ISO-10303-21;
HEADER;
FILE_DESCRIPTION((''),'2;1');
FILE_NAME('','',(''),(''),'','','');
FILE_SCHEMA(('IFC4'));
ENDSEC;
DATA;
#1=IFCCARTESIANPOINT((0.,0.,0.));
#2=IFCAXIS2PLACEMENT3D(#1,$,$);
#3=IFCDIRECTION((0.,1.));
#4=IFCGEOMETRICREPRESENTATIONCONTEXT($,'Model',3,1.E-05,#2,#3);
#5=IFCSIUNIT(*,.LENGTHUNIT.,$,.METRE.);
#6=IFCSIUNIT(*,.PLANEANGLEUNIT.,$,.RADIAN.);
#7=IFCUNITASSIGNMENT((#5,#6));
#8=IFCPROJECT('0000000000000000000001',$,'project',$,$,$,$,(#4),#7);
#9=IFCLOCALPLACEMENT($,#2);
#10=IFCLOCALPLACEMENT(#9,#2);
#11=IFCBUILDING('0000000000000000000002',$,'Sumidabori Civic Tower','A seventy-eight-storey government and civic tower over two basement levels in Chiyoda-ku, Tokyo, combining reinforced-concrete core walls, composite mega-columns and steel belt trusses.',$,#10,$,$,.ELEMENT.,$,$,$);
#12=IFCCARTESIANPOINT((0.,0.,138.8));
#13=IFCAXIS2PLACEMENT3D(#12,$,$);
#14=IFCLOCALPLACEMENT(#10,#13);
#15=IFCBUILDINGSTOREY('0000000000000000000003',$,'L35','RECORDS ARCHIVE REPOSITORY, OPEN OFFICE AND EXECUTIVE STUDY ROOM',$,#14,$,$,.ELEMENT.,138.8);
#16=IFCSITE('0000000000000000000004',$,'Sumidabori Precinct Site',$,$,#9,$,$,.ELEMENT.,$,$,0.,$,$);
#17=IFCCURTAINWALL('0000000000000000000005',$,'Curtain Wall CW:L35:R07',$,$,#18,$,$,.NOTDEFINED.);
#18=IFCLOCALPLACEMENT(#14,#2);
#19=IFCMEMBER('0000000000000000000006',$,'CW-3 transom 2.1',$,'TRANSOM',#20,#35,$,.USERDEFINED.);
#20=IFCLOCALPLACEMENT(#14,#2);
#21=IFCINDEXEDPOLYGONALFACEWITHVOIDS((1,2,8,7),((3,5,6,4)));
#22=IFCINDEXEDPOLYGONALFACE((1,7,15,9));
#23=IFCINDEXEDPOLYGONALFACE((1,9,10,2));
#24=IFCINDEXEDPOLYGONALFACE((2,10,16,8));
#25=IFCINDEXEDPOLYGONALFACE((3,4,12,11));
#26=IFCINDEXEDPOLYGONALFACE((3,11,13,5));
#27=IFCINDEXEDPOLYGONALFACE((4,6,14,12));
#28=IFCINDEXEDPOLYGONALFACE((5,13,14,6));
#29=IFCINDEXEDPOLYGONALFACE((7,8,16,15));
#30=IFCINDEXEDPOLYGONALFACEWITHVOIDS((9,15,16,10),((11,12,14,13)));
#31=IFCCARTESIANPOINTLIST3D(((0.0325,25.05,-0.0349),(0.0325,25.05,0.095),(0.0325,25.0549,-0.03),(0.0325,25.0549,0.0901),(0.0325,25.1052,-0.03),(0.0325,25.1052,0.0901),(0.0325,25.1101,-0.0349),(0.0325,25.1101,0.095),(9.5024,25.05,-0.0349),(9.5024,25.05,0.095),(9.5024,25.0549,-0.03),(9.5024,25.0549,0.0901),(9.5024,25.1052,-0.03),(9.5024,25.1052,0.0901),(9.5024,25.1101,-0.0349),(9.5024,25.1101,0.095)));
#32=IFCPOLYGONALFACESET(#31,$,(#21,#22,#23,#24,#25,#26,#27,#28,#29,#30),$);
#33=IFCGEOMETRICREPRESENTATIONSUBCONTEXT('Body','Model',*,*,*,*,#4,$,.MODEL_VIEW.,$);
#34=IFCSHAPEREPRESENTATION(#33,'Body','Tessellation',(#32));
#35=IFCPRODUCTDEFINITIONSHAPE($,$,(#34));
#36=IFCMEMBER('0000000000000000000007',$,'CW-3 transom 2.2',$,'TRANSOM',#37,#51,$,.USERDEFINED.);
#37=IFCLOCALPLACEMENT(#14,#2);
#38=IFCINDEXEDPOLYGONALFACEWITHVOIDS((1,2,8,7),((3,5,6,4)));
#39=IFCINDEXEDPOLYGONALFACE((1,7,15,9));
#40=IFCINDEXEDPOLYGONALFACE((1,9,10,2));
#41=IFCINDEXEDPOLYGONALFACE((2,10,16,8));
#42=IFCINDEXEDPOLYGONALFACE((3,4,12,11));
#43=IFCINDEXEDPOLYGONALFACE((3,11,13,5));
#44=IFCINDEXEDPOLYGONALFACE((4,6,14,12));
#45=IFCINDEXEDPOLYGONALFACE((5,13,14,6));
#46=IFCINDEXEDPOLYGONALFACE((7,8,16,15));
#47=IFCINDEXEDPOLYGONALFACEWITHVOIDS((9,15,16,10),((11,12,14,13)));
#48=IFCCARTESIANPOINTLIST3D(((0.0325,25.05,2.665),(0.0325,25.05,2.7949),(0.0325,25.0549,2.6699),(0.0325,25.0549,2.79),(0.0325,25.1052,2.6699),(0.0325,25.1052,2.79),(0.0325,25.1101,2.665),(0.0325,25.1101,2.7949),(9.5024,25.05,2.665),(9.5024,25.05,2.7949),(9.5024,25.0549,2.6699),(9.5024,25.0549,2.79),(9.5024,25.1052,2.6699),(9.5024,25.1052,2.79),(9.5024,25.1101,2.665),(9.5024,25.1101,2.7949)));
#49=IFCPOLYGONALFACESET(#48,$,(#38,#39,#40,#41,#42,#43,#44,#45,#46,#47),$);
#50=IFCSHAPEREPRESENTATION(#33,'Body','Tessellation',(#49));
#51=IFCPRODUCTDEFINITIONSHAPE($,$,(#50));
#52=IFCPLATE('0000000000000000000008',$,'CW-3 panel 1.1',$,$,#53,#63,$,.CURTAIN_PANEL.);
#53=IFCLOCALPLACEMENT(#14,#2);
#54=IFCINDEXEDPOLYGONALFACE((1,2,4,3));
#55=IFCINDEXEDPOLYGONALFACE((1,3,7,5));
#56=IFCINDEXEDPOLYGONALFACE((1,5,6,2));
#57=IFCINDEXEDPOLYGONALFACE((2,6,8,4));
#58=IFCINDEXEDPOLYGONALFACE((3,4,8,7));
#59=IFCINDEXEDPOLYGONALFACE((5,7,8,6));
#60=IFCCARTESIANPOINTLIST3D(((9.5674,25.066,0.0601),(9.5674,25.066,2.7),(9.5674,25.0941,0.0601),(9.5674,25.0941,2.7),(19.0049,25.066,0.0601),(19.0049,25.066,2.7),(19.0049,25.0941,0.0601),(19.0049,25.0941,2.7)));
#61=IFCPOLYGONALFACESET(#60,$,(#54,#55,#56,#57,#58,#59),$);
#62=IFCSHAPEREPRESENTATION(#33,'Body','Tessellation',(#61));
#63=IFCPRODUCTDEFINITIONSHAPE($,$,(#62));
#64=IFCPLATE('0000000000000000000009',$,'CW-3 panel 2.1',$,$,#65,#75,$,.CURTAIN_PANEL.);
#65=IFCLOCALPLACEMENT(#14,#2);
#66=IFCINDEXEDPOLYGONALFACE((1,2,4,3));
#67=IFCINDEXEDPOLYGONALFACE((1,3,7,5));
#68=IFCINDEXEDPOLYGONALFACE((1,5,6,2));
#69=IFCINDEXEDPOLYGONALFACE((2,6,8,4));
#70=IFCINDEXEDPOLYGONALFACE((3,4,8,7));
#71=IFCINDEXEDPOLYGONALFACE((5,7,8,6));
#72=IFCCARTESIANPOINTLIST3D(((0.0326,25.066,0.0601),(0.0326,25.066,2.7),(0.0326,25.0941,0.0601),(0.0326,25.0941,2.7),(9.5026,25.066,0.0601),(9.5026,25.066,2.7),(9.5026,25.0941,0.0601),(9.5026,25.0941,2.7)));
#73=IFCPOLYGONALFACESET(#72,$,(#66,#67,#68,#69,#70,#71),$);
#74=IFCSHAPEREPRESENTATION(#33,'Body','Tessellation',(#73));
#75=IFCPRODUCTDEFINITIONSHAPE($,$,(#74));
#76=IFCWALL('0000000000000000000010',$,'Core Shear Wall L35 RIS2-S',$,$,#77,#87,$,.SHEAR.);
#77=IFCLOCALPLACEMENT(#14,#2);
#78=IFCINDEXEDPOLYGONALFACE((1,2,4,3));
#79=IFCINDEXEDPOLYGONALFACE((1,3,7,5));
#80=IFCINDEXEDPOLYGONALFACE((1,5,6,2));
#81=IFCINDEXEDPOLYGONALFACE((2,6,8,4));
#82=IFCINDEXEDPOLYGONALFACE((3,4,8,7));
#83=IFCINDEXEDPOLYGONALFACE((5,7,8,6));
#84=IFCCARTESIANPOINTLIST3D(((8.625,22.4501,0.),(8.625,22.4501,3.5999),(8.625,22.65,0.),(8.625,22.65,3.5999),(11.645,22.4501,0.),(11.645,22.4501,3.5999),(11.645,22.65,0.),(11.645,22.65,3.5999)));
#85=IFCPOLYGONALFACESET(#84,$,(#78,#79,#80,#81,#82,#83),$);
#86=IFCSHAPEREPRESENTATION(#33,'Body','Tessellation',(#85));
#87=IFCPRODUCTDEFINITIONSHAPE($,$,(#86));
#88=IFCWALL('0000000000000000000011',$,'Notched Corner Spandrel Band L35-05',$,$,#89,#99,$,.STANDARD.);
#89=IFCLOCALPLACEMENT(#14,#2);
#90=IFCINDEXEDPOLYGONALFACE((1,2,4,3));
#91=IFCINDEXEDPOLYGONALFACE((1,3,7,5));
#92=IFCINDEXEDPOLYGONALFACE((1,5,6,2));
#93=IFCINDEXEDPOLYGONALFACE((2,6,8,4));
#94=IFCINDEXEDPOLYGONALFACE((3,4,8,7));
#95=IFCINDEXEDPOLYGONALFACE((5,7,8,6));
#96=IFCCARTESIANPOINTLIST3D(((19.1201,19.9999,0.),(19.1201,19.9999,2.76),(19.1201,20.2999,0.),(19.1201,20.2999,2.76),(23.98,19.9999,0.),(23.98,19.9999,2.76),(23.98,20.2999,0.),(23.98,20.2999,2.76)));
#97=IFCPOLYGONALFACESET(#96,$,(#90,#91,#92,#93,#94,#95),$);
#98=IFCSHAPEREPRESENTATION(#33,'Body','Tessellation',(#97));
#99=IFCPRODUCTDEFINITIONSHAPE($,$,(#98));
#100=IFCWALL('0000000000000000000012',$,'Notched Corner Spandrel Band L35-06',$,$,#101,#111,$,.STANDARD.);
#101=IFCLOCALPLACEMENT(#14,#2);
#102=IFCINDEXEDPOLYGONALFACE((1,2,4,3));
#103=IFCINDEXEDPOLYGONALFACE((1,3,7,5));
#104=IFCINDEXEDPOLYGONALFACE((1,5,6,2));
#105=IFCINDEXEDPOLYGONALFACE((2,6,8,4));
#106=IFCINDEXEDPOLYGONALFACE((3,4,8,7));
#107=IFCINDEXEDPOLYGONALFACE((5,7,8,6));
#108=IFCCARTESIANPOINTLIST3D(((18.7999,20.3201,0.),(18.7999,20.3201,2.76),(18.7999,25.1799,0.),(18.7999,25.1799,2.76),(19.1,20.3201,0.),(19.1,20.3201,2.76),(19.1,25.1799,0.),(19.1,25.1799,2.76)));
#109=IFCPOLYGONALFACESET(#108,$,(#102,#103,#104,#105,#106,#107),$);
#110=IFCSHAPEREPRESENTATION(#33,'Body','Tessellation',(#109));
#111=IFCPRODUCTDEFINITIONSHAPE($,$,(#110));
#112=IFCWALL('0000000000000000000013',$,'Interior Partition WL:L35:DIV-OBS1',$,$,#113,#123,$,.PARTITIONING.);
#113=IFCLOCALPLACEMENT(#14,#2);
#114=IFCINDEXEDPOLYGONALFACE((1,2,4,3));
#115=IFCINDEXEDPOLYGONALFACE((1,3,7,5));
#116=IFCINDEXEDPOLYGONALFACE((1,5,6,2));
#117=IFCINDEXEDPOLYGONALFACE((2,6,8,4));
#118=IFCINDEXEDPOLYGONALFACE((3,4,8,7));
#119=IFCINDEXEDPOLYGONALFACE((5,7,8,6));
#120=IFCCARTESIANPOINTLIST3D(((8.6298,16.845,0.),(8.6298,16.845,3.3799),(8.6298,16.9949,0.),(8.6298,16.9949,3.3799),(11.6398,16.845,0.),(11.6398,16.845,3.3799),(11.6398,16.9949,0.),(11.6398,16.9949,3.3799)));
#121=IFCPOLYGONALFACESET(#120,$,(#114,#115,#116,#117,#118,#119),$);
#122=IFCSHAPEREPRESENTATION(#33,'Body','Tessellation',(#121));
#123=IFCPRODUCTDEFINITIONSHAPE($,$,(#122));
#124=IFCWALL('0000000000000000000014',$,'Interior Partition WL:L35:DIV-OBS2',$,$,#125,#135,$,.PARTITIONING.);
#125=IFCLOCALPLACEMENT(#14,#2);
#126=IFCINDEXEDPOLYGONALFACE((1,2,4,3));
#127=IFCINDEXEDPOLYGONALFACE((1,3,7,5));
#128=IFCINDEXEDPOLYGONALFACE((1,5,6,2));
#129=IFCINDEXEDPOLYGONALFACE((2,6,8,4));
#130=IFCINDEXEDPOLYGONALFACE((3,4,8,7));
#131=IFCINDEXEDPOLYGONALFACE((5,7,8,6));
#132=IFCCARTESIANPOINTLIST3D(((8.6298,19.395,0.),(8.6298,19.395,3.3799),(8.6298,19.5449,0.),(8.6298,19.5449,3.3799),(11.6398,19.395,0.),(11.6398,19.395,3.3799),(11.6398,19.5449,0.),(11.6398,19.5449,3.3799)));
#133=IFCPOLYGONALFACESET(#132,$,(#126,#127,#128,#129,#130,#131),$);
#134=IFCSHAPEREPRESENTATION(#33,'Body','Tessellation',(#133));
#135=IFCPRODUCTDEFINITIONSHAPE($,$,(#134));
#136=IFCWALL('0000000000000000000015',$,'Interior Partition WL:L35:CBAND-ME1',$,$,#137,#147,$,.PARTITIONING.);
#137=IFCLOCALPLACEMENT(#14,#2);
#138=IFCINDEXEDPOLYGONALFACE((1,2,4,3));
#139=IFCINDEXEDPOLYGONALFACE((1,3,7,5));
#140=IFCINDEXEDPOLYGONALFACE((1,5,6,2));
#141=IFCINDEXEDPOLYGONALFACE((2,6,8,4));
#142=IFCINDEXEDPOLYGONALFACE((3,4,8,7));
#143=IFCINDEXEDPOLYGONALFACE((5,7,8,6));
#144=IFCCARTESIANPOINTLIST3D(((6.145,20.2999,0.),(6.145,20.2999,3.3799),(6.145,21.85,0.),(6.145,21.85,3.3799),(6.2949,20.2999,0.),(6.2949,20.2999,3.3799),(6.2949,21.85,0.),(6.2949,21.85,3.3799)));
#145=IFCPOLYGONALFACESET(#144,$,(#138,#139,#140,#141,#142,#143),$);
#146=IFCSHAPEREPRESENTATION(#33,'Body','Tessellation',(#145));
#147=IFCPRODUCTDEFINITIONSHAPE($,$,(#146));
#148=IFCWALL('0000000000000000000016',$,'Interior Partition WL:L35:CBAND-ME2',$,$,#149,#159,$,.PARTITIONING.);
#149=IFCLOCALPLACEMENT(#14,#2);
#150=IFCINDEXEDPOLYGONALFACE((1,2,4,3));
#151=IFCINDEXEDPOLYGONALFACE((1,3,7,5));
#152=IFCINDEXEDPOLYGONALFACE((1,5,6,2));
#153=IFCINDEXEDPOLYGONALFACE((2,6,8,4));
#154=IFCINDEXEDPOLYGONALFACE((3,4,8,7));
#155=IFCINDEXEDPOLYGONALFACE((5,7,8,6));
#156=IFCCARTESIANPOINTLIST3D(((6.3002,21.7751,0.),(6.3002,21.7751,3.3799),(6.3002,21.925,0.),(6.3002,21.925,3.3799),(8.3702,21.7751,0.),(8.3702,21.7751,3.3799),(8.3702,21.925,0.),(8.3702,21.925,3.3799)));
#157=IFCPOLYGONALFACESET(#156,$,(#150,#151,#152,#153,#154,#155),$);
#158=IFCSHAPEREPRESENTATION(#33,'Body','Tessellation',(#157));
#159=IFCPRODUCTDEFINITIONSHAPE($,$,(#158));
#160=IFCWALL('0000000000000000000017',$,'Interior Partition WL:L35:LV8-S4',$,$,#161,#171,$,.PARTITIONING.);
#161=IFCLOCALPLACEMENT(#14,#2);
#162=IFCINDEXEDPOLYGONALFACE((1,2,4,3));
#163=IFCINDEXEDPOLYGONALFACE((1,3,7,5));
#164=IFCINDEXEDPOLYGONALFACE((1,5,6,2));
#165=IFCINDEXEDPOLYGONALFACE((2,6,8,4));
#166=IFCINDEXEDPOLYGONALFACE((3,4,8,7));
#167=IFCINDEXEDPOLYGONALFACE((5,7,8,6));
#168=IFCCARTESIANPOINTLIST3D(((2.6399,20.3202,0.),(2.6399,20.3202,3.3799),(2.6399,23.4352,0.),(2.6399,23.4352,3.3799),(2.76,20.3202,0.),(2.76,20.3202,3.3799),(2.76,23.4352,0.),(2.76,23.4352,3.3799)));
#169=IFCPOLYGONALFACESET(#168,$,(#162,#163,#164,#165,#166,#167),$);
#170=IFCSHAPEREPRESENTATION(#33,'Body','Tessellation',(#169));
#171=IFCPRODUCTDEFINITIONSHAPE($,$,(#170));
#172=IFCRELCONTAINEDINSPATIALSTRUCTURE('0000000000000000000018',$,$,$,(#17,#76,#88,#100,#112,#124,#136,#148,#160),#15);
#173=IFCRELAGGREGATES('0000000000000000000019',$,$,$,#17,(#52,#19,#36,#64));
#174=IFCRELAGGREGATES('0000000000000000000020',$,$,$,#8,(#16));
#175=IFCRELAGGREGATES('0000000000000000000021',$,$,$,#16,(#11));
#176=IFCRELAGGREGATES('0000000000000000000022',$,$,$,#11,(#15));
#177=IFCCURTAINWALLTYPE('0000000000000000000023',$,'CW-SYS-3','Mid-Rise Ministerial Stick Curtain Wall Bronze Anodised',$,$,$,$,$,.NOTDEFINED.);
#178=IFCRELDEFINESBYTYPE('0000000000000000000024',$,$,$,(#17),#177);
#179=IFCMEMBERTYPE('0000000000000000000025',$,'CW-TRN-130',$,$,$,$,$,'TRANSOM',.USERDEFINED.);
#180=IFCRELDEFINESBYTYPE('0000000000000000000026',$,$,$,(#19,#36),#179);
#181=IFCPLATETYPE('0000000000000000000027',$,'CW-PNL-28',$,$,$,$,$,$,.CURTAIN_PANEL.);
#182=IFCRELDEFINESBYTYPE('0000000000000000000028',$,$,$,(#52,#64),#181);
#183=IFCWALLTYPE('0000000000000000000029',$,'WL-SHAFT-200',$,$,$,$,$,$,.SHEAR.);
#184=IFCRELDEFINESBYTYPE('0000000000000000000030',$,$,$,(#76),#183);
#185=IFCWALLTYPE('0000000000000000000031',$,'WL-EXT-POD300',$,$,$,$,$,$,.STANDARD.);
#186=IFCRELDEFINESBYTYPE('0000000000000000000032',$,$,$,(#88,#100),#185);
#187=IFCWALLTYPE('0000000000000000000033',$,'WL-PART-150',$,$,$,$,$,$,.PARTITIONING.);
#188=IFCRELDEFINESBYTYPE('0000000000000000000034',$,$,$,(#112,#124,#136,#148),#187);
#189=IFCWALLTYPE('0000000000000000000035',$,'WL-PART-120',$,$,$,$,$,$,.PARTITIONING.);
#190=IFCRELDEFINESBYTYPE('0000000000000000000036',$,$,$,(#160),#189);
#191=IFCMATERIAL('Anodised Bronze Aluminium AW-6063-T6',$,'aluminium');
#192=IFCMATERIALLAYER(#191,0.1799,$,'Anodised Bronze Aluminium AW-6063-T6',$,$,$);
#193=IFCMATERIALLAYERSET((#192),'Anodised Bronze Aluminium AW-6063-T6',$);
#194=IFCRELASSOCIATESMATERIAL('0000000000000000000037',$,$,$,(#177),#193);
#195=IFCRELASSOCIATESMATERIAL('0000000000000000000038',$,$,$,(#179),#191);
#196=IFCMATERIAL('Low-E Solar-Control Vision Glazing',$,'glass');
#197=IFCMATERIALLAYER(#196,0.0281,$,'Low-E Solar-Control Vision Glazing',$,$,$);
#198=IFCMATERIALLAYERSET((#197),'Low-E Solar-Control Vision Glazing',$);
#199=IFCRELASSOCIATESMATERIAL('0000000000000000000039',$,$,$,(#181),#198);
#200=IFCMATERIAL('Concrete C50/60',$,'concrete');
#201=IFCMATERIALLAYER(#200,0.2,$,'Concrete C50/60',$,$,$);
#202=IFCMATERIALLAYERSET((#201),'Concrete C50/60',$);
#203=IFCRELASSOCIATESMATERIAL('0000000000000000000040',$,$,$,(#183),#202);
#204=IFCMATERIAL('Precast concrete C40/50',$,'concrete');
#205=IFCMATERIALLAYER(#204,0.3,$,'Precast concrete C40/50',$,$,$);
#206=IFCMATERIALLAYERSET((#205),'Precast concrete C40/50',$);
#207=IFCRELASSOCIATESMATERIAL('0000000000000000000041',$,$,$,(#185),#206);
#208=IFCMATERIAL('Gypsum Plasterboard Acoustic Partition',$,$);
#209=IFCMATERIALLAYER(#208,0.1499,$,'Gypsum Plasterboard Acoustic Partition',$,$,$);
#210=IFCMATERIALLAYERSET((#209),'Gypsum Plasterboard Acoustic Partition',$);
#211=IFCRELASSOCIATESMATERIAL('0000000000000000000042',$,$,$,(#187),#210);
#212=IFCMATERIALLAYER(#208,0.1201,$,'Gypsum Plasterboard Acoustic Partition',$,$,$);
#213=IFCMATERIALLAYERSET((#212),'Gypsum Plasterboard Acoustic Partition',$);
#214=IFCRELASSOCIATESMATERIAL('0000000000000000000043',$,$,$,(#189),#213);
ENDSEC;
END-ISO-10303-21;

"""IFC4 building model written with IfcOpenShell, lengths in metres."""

from ifc_helpers import new_model, si_unit, direction, frame, frame_2d, origin, origin_2d, place, context, subcontext, project, spatial, rectangle, hollow_rectangle, extrude, source, transform, mapped, material, layer, layer_set, material_profile, profile_set, type_object, element, aggregate, save


model = new_model("IFC4")

# Units and contexts
model_context = context("Model", 3, precision=1e-05, world=origin(), true_north=direction((0.0, 1.0)))
body_context = subcontext(model_context, "Body", "Model", "MODEL_VIEW")
ifc_project = project(units=[si_unit("LENGTHUNIT", "METRE"), si_unit("PLANEANGLEUNIT", "RADIAN")], contexts=[model_context])

# Site, building, storey
site_placement = place(None, origin())
site = spatial("IfcSite", under=ifc_project, at=site_placement, Name="Sumidabori Precinct Site", CompositionType="ELEMENT", RefElevation=0.0)
building_placement = place(site_placement, origin())
building = spatial("IfcBuilding", under=site, at=building_placement, Name="Sumidabori Civic Tower", Description="A seventy-eight-storey government and civic tower over two basement levels in Chiyoda-ku, Tokyo, combining reinforced-concrete core walls, composite mega-columns and steel belt trusses.", CompositionType="ELEMENT")
storey_placement = place(building_placement, frame((0.0, 0.0, 138.8)))
storey = spatial("IfcBuildingStorey", under=building, at=storey_placement, Name="L35", Description="RECORDS ARCHIVE REPOSITORY, OPEN OFFICE AND EXECUTIVE STUDY ROOM", CompositionType="ELEMENT", Elevation=138.8)

# Shared definitions
ifc_material_1 = material(Name="Anodised Bronze Aluminium AW-6063-T6", Category="aluminium")
ifc_layer_1 = layer(ifc_material_1, 0.1799, Name="Anodised Bronze Aluminium AW-6063-T6")
ifc_layer_set_1 = layer_set([ifc_layer_1], Name="Anodised Bronze Aluminium AW-6063-T6")
curtain_wall_type = type_object("IfcCurtainWallType", Name="CW-SYS-3", Description="Mid-Rise Ministerial Stick Curtain Wall Bronze Anodised", PredefinedType="NOTDEFINED", material=ifc_layer_set_1)

# Curtain wall, members, plates
curtain_wall_1_placement = place(storey_placement, origin())
curtain_wall_1 = element("IfcCurtainWall", 1, at=curtain_wall_1_placement, inside=storey, type_object=curtain_wall_type, Name="Curtain Wall CW:L35:R07", PredefinedType="NOTDEFINED")
ifc_material_profile_1 = material_profile(ifc_material_1, hollow_rectangle(XDim=0.0601, YDim=0.1299, WallThickness=0.0049, at=origin_2d()), Name="ALU TRANSOM 130x60")
ifc_profile_set_1 = profile_set([ifc_material_profile_1], Name="Anodised Bronze Aluminium AW-6063-T6")
member_type_1 = type_object("IfcMemberType", Name="CW-TRN-130", ElementType="TRANSOM", PredefinedType="USERDEFINED", material=ifc_profile_set_1)
shared_shape_1 = source(origin(), body_context, "Body", "SweptSolid", [
    extrude(hollow_rectangle(XDim=0.0601, YDim=0.1299, WallThickness=0.0049, at=origin_2d()), origin(), (0.0, 0.0, 1.0), 9.47),
])
member_1_placement = place(storey_placement, frame((9.5024, 25.0801, 0.03), z_axis=(-1.0, 0.0, 0.0), x_axis=(0.0, -1.0, 0.0)))
member_1 = element("IfcMember", 2, at=member_1_placement, type_object=member_type_1, Name="CW-3 transom 2.1", ObjectType="TRANSOM", PredefinedType="USERDEFINED", context=body_context, shape_type="MappedRepresentation", body=[
    mapped(shared_shape_1, transform((0.0, 0.0, 0.0), x_axis=(1.0, 0.0, 0.0), y_axis=(0.0, 1.0, 0.0), z_axis=(0.0, 0.0, 1.0), scale=1.0)),
])
member_2_placement = place(storey_placement, frame((9.5024, 25.0801, 2.73), z_axis=(-1.0, 0.0, 0.0), x_axis=(0.0, -1.0, 0.0)))
member_2 = element("IfcMember", 3, at=member_2_placement, type_object=member_type_1, Name="CW-3 transom 2.2", ObjectType="TRANSOM", PredefinedType="USERDEFINED", context=body_context, shape_type="MappedRepresentation", body=[
    mapped(shared_shape_1, transform((0.0, 0.0, 0.0), x_axis=(1.0, 0.0, 0.0), y_axis=(0.0, 1.0, 0.0), z_axis=(0.0, 0.0, 1.0), scale=1.0)),
])
ifc_material_2 = material(Name="Low-E Solar-Control Vision Glazing", Category="glass")
ifc_layer_2 = layer(ifc_material_2, 0.0281, Name="Low-E Solar-Control Vision Glazing")
ifc_layer_set_2 = layer_set([ifc_layer_2], Name="Low-E Solar-Control Vision Glazing")
plate_type = type_object("IfcPlateType", Name="CW-PNL-28", PredefinedType="CURTAIN_PANEL", material=ifc_layer_set_2)
shared_shape_2 = source(origin(), body_context, "Body", "SweptSolid", [
    extrude(rectangle(XDim=9.4375, YDim=0.0281, at=origin_2d()), origin(), (0.0, 0.0, 1.0), 2.6399),
])
plate_1_placement = place(storey_placement, frame((14.2861, 25.0801, 0.0601), z_axis=(0.0, 0.0, 1.0), x_axis=(-1.0, 0.0, 0.0)))
plate_1 = element("IfcPlate", 4, at=plate_1_placement, type_object=plate_type, Name="CW-3 panel 1.1", PredefinedType="CURTAIN_PANEL", context=body_context, shape_type="MappedRepresentation", body=[
    mapped(shared_shape_2, transform((0.0, 0.0, 0.0), x_axis=(1.0, 0.0, 0.0), y_axis=(0.0, 1.0, 0.0), z_axis=(0.0, 0.0, 1.0), scale=1.0)),
])
shared_shape_3 = source(origin(), body_context, "Body", "SweptSolid", [
    extrude(rectangle(XDim=9.47, YDim=0.0281, at=origin_2d()), origin(), (0.0, 0.0, 1.0), 2.6399),
])
plate_2_placement = place(storey_placement, frame((4.7676, 25.0801, 0.0601), z_axis=(0.0, 0.0, 1.0), x_axis=(-1.0, 0.0, 0.0)))
plate_2 = element("IfcPlate", 5, at=plate_2_placement, type_object=plate_type, Name="CW-3 panel 2.1", PredefinedType="CURTAIN_PANEL", context=body_context, shape_type="MappedRepresentation", body=[
    mapped(shared_shape_3, transform((0.0, 0.0, 0.0), x_axis=(1.0, 0.0, 0.0), y_axis=(0.0, 1.0, 0.0), z_axis=(0.0, 0.0, 1.0), scale=1.0)),
])
aggregate(curtain_wall_1, [plate_1, member_1, member_2, plate_2])

# Walls
ifc_material_3 = material(Name="Concrete C50/60", Category="concrete")
ifc_layer_3 = layer(ifc_material_3, 0.2, Name="Concrete C50/60")
ifc_layer_set_3 = layer_set([ifc_layer_3], Name="Concrete C50/60")
wall_type_1 = type_object("IfcWallType", Name="WL-SHAFT-200", PredefinedType="SHEAR", material=ifc_layer_set_3)
shared_shape_4 = source(origin(), body_context, "Body", "SweptSolid", [
    extrude(rectangle(XDim=3.02, YDim=0.2, at=frame_2d((1.51, 0.0))), origin(), (0.0, 0.0, 1.0), 3.5999),
])
wall_1_placement = place(storey_placement, frame((8.625, 22.55, 0.0), z_axis=(0.0, 0.0, 1.0), x_axis=(1.0, 0.0, 0.0)))
element("IfcWall", 6, at=wall_1_placement, inside=storey, type_object=wall_type_1, Name="Core Shear Wall L35 RIS2-S", PredefinedType="SHEAR", context=body_context, shape_type="MappedRepresentation", body=[
    mapped(shared_shape_4, transform((0.0, 0.0, 0.0), x_axis=(1.0, 0.0, 0.0), y_axis=(0.0, 1.0, 0.0), z_axis=(0.0, 0.0, 1.0), scale=1.0)),
])
ifc_material_4 = material(Name="Precast concrete C40/50", Category="concrete")
ifc_layer_4 = layer(ifc_material_4, 0.3, Name="Precast concrete C40/50")
ifc_layer_set_4 = layer_set([ifc_layer_4], Name="Precast concrete C40/50")
wall_type_2 = type_object("IfcWallType", Name="WL-EXT-POD300", PredefinedType="STANDARD", material=ifc_layer_set_4)
shared_shape_5 = source(origin(), body_context, "Body", "SweptSolid", [
    extrude(rectangle(XDim=4.8599, YDim=0.3, at=frame_2d((2.4299, 0.0))), origin(), (0.0, 0.0, 1.0), 2.76),
])
for number, where, z_axis, x_axis, name in (
    (7, (23.98, 20.1499, 0.0), (0.0, 0.0, 1.0), (-1.0, 0.0, 0.0), "Notched Corner Spandrel Band L35-05"),
    (8, (18.95, 20.3201, 0.0), (0.0, 0.0, 1.0), (0.0, 1.0, 0.0), "Notched Corner Spandrel Band L35-06"),
):
    element("IfcWall", number, at=place(storey_placement, frame(where, z_axis=z_axis, x_axis=x_axis)), inside=storey, type_object=wall_type_2, Name=name, PredefinedType="STANDARD", context=body_context, shape_type="MappedRepresentation", body=[
        mapped(shared_shape_5, transform((0.0, 0.0, 0.0), x_axis=(1.0, 0.0, 0.0), y_axis=(0.0, 1.0, 0.0), z_axis=(0.0, 0.0, 1.0), scale=1.0)),
    ])
ifc_material_5 = material(Name="Gypsum Plasterboard Acoustic Partition")
ifc_layer_5 = layer(ifc_material_5, 0.1499, Name="Gypsum Plasterboard Acoustic Partition")
ifc_layer_set_5 = layer_set([ifc_layer_5], Name="Gypsum Plasterboard Acoustic Partition")
wall_type_3 = type_object("IfcWallType", Name="WL-PART-150", PredefinedType="PARTITIONING", material=ifc_layer_set_5)
shared_shape_6 = source(origin(), body_context, "Body", "SweptSolid", [
    extrude(rectangle(XDim=3.01, YDim=0.1499, at=frame_2d((1.5049, 0.0))), origin(), (0.0, 0.0, 1.0), 3.3799),
])
for number, where, z_axis, x_axis, name in (
    (9, (8.6299, 16.9199, 0.0), (0.0, 0.0, 1.0), (1.0, 0.0, 0.0), "Interior Partition WL:L35:DIV-OBS1"),
    (10, (8.6299, 19.47, 0.0), (0.0, 0.0, 1.0), (1.0, 0.0, 0.0), "Interior Partition WL:L35:DIV-OBS2"),
):
    element("IfcWall", number, at=place(storey_placement, frame(where, z_axis=z_axis, x_axis=x_axis)), inside=storey, type_object=wall_type_3, Name=name, PredefinedType="PARTITIONING", context=body_context, shape_type="MappedRepresentation", body=[
        mapped(shared_shape_6, transform((0.0, 0.0, 0.0), x_axis=(1.0, 0.0, 0.0), y_axis=(0.0, 1.0, 0.0), z_axis=(0.0, 0.0, 1.0), scale=1.0)),
    ])
shared_shape_7 = source(origin(), body_context, "Body", "SweptSolid", [
    extrude(rectangle(XDim=1.55, YDim=0.1499, at=frame_2d((0.7749, 0.0))), origin(), (0.0, 0.0, 1.0), 3.3799),
])
wall_2_placement = place(storey_placement, frame((6.22, 20.3, 0.0), z_axis=(0.0, 0.0, 1.0), x_axis=(0.0, 1.0, 0.0)))
element("IfcWall", 11, at=wall_2_placement, inside=storey, type_object=wall_type_3, Name="Interior Partition WL:L35:CBAND-ME1", PredefinedType="PARTITIONING", context=body_context, shape_type="MappedRepresentation", body=[
    mapped(shared_shape_7, transform((0.0, 0.0, 0.0), x_axis=(1.0, 0.0, 0.0), y_axis=(0.0, 1.0, 0.0), z_axis=(0.0, 0.0, 1.0), scale=1.0)),
])
shared_shape_8 = source(origin(), body_context, "Body", "SweptSolid", [
    extrude(rectangle(XDim=2.0701, YDim=0.1499, at=frame_2d((1.0352, 0.0))), origin(), (0.0, 0.0, 1.0), 3.3799),
])
wall_3_placement = place(storey_placement, frame((6.3, 21.8501, 0.0), z_axis=(0.0, 0.0, 1.0), x_axis=(1.0, 0.0, 0.0)))
element("IfcWall", 12, at=wall_3_placement, inside=storey, type_object=wall_type_3, Name="Interior Partition WL:L35:CBAND-ME2", PredefinedType="PARTITIONING", context=body_context, shape_type="MappedRepresentation", body=[
    mapped(shared_shape_8, transform((0.0, 0.0, 0.0), x_axis=(1.0, 0.0, 0.0), y_axis=(0.0, 1.0, 0.0), z_axis=(0.0, 0.0, 1.0), scale=1.0)),
])
ifc_layer_6 = layer(ifc_material_5, 0.1201, Name="Gypsum Plasterboard Acoustic Partition")
ifc_layer_set_6 = layer_set([ifc_layer_6], Name="Gypsum Plasterboard Acoustic Partition")
wall_type_4 = type_object("IfcWallType", Name="WL-PART-120", PredefinedType="PARTITIONING", material=ifc_layer_set_6)
shared_shape_9 = source(origin(), body_context, "Body", "SweptSolid", [
    extrude(rectangle(XDim=3.115, YDim=0.1201, at=frame_2d((1.5576, 0.0))), origin(), (0.0, 0.0, 1.0), 3.3799),
])
wall_4_placement = place(storey_placement, frame((2.7, 20.3201, 0.0), z_axis=(0.0, 0.0, 1.0), x_axis=(0.0, 1.0, 0.0)))
element("IfcWall", 13, at=wall_4_placement, inside=storey, type_object=wall_type_4, Name="Interior Partition WL:L35:LV8-S4", PredefinedType="PARTITIONING", context=body_context, shape_type="MappedRepresentation", body=[
    mapped(shared_shape_9, transform((0.0, 0.0, 0.0), x_axis=(1.0, 0.0, 0.0), y_axis=(0.0, 1.0, 0.0), z_axis=(0.0, 0.0, 1.0), scale=1.0)),
])

save(model, "model.ifc")
